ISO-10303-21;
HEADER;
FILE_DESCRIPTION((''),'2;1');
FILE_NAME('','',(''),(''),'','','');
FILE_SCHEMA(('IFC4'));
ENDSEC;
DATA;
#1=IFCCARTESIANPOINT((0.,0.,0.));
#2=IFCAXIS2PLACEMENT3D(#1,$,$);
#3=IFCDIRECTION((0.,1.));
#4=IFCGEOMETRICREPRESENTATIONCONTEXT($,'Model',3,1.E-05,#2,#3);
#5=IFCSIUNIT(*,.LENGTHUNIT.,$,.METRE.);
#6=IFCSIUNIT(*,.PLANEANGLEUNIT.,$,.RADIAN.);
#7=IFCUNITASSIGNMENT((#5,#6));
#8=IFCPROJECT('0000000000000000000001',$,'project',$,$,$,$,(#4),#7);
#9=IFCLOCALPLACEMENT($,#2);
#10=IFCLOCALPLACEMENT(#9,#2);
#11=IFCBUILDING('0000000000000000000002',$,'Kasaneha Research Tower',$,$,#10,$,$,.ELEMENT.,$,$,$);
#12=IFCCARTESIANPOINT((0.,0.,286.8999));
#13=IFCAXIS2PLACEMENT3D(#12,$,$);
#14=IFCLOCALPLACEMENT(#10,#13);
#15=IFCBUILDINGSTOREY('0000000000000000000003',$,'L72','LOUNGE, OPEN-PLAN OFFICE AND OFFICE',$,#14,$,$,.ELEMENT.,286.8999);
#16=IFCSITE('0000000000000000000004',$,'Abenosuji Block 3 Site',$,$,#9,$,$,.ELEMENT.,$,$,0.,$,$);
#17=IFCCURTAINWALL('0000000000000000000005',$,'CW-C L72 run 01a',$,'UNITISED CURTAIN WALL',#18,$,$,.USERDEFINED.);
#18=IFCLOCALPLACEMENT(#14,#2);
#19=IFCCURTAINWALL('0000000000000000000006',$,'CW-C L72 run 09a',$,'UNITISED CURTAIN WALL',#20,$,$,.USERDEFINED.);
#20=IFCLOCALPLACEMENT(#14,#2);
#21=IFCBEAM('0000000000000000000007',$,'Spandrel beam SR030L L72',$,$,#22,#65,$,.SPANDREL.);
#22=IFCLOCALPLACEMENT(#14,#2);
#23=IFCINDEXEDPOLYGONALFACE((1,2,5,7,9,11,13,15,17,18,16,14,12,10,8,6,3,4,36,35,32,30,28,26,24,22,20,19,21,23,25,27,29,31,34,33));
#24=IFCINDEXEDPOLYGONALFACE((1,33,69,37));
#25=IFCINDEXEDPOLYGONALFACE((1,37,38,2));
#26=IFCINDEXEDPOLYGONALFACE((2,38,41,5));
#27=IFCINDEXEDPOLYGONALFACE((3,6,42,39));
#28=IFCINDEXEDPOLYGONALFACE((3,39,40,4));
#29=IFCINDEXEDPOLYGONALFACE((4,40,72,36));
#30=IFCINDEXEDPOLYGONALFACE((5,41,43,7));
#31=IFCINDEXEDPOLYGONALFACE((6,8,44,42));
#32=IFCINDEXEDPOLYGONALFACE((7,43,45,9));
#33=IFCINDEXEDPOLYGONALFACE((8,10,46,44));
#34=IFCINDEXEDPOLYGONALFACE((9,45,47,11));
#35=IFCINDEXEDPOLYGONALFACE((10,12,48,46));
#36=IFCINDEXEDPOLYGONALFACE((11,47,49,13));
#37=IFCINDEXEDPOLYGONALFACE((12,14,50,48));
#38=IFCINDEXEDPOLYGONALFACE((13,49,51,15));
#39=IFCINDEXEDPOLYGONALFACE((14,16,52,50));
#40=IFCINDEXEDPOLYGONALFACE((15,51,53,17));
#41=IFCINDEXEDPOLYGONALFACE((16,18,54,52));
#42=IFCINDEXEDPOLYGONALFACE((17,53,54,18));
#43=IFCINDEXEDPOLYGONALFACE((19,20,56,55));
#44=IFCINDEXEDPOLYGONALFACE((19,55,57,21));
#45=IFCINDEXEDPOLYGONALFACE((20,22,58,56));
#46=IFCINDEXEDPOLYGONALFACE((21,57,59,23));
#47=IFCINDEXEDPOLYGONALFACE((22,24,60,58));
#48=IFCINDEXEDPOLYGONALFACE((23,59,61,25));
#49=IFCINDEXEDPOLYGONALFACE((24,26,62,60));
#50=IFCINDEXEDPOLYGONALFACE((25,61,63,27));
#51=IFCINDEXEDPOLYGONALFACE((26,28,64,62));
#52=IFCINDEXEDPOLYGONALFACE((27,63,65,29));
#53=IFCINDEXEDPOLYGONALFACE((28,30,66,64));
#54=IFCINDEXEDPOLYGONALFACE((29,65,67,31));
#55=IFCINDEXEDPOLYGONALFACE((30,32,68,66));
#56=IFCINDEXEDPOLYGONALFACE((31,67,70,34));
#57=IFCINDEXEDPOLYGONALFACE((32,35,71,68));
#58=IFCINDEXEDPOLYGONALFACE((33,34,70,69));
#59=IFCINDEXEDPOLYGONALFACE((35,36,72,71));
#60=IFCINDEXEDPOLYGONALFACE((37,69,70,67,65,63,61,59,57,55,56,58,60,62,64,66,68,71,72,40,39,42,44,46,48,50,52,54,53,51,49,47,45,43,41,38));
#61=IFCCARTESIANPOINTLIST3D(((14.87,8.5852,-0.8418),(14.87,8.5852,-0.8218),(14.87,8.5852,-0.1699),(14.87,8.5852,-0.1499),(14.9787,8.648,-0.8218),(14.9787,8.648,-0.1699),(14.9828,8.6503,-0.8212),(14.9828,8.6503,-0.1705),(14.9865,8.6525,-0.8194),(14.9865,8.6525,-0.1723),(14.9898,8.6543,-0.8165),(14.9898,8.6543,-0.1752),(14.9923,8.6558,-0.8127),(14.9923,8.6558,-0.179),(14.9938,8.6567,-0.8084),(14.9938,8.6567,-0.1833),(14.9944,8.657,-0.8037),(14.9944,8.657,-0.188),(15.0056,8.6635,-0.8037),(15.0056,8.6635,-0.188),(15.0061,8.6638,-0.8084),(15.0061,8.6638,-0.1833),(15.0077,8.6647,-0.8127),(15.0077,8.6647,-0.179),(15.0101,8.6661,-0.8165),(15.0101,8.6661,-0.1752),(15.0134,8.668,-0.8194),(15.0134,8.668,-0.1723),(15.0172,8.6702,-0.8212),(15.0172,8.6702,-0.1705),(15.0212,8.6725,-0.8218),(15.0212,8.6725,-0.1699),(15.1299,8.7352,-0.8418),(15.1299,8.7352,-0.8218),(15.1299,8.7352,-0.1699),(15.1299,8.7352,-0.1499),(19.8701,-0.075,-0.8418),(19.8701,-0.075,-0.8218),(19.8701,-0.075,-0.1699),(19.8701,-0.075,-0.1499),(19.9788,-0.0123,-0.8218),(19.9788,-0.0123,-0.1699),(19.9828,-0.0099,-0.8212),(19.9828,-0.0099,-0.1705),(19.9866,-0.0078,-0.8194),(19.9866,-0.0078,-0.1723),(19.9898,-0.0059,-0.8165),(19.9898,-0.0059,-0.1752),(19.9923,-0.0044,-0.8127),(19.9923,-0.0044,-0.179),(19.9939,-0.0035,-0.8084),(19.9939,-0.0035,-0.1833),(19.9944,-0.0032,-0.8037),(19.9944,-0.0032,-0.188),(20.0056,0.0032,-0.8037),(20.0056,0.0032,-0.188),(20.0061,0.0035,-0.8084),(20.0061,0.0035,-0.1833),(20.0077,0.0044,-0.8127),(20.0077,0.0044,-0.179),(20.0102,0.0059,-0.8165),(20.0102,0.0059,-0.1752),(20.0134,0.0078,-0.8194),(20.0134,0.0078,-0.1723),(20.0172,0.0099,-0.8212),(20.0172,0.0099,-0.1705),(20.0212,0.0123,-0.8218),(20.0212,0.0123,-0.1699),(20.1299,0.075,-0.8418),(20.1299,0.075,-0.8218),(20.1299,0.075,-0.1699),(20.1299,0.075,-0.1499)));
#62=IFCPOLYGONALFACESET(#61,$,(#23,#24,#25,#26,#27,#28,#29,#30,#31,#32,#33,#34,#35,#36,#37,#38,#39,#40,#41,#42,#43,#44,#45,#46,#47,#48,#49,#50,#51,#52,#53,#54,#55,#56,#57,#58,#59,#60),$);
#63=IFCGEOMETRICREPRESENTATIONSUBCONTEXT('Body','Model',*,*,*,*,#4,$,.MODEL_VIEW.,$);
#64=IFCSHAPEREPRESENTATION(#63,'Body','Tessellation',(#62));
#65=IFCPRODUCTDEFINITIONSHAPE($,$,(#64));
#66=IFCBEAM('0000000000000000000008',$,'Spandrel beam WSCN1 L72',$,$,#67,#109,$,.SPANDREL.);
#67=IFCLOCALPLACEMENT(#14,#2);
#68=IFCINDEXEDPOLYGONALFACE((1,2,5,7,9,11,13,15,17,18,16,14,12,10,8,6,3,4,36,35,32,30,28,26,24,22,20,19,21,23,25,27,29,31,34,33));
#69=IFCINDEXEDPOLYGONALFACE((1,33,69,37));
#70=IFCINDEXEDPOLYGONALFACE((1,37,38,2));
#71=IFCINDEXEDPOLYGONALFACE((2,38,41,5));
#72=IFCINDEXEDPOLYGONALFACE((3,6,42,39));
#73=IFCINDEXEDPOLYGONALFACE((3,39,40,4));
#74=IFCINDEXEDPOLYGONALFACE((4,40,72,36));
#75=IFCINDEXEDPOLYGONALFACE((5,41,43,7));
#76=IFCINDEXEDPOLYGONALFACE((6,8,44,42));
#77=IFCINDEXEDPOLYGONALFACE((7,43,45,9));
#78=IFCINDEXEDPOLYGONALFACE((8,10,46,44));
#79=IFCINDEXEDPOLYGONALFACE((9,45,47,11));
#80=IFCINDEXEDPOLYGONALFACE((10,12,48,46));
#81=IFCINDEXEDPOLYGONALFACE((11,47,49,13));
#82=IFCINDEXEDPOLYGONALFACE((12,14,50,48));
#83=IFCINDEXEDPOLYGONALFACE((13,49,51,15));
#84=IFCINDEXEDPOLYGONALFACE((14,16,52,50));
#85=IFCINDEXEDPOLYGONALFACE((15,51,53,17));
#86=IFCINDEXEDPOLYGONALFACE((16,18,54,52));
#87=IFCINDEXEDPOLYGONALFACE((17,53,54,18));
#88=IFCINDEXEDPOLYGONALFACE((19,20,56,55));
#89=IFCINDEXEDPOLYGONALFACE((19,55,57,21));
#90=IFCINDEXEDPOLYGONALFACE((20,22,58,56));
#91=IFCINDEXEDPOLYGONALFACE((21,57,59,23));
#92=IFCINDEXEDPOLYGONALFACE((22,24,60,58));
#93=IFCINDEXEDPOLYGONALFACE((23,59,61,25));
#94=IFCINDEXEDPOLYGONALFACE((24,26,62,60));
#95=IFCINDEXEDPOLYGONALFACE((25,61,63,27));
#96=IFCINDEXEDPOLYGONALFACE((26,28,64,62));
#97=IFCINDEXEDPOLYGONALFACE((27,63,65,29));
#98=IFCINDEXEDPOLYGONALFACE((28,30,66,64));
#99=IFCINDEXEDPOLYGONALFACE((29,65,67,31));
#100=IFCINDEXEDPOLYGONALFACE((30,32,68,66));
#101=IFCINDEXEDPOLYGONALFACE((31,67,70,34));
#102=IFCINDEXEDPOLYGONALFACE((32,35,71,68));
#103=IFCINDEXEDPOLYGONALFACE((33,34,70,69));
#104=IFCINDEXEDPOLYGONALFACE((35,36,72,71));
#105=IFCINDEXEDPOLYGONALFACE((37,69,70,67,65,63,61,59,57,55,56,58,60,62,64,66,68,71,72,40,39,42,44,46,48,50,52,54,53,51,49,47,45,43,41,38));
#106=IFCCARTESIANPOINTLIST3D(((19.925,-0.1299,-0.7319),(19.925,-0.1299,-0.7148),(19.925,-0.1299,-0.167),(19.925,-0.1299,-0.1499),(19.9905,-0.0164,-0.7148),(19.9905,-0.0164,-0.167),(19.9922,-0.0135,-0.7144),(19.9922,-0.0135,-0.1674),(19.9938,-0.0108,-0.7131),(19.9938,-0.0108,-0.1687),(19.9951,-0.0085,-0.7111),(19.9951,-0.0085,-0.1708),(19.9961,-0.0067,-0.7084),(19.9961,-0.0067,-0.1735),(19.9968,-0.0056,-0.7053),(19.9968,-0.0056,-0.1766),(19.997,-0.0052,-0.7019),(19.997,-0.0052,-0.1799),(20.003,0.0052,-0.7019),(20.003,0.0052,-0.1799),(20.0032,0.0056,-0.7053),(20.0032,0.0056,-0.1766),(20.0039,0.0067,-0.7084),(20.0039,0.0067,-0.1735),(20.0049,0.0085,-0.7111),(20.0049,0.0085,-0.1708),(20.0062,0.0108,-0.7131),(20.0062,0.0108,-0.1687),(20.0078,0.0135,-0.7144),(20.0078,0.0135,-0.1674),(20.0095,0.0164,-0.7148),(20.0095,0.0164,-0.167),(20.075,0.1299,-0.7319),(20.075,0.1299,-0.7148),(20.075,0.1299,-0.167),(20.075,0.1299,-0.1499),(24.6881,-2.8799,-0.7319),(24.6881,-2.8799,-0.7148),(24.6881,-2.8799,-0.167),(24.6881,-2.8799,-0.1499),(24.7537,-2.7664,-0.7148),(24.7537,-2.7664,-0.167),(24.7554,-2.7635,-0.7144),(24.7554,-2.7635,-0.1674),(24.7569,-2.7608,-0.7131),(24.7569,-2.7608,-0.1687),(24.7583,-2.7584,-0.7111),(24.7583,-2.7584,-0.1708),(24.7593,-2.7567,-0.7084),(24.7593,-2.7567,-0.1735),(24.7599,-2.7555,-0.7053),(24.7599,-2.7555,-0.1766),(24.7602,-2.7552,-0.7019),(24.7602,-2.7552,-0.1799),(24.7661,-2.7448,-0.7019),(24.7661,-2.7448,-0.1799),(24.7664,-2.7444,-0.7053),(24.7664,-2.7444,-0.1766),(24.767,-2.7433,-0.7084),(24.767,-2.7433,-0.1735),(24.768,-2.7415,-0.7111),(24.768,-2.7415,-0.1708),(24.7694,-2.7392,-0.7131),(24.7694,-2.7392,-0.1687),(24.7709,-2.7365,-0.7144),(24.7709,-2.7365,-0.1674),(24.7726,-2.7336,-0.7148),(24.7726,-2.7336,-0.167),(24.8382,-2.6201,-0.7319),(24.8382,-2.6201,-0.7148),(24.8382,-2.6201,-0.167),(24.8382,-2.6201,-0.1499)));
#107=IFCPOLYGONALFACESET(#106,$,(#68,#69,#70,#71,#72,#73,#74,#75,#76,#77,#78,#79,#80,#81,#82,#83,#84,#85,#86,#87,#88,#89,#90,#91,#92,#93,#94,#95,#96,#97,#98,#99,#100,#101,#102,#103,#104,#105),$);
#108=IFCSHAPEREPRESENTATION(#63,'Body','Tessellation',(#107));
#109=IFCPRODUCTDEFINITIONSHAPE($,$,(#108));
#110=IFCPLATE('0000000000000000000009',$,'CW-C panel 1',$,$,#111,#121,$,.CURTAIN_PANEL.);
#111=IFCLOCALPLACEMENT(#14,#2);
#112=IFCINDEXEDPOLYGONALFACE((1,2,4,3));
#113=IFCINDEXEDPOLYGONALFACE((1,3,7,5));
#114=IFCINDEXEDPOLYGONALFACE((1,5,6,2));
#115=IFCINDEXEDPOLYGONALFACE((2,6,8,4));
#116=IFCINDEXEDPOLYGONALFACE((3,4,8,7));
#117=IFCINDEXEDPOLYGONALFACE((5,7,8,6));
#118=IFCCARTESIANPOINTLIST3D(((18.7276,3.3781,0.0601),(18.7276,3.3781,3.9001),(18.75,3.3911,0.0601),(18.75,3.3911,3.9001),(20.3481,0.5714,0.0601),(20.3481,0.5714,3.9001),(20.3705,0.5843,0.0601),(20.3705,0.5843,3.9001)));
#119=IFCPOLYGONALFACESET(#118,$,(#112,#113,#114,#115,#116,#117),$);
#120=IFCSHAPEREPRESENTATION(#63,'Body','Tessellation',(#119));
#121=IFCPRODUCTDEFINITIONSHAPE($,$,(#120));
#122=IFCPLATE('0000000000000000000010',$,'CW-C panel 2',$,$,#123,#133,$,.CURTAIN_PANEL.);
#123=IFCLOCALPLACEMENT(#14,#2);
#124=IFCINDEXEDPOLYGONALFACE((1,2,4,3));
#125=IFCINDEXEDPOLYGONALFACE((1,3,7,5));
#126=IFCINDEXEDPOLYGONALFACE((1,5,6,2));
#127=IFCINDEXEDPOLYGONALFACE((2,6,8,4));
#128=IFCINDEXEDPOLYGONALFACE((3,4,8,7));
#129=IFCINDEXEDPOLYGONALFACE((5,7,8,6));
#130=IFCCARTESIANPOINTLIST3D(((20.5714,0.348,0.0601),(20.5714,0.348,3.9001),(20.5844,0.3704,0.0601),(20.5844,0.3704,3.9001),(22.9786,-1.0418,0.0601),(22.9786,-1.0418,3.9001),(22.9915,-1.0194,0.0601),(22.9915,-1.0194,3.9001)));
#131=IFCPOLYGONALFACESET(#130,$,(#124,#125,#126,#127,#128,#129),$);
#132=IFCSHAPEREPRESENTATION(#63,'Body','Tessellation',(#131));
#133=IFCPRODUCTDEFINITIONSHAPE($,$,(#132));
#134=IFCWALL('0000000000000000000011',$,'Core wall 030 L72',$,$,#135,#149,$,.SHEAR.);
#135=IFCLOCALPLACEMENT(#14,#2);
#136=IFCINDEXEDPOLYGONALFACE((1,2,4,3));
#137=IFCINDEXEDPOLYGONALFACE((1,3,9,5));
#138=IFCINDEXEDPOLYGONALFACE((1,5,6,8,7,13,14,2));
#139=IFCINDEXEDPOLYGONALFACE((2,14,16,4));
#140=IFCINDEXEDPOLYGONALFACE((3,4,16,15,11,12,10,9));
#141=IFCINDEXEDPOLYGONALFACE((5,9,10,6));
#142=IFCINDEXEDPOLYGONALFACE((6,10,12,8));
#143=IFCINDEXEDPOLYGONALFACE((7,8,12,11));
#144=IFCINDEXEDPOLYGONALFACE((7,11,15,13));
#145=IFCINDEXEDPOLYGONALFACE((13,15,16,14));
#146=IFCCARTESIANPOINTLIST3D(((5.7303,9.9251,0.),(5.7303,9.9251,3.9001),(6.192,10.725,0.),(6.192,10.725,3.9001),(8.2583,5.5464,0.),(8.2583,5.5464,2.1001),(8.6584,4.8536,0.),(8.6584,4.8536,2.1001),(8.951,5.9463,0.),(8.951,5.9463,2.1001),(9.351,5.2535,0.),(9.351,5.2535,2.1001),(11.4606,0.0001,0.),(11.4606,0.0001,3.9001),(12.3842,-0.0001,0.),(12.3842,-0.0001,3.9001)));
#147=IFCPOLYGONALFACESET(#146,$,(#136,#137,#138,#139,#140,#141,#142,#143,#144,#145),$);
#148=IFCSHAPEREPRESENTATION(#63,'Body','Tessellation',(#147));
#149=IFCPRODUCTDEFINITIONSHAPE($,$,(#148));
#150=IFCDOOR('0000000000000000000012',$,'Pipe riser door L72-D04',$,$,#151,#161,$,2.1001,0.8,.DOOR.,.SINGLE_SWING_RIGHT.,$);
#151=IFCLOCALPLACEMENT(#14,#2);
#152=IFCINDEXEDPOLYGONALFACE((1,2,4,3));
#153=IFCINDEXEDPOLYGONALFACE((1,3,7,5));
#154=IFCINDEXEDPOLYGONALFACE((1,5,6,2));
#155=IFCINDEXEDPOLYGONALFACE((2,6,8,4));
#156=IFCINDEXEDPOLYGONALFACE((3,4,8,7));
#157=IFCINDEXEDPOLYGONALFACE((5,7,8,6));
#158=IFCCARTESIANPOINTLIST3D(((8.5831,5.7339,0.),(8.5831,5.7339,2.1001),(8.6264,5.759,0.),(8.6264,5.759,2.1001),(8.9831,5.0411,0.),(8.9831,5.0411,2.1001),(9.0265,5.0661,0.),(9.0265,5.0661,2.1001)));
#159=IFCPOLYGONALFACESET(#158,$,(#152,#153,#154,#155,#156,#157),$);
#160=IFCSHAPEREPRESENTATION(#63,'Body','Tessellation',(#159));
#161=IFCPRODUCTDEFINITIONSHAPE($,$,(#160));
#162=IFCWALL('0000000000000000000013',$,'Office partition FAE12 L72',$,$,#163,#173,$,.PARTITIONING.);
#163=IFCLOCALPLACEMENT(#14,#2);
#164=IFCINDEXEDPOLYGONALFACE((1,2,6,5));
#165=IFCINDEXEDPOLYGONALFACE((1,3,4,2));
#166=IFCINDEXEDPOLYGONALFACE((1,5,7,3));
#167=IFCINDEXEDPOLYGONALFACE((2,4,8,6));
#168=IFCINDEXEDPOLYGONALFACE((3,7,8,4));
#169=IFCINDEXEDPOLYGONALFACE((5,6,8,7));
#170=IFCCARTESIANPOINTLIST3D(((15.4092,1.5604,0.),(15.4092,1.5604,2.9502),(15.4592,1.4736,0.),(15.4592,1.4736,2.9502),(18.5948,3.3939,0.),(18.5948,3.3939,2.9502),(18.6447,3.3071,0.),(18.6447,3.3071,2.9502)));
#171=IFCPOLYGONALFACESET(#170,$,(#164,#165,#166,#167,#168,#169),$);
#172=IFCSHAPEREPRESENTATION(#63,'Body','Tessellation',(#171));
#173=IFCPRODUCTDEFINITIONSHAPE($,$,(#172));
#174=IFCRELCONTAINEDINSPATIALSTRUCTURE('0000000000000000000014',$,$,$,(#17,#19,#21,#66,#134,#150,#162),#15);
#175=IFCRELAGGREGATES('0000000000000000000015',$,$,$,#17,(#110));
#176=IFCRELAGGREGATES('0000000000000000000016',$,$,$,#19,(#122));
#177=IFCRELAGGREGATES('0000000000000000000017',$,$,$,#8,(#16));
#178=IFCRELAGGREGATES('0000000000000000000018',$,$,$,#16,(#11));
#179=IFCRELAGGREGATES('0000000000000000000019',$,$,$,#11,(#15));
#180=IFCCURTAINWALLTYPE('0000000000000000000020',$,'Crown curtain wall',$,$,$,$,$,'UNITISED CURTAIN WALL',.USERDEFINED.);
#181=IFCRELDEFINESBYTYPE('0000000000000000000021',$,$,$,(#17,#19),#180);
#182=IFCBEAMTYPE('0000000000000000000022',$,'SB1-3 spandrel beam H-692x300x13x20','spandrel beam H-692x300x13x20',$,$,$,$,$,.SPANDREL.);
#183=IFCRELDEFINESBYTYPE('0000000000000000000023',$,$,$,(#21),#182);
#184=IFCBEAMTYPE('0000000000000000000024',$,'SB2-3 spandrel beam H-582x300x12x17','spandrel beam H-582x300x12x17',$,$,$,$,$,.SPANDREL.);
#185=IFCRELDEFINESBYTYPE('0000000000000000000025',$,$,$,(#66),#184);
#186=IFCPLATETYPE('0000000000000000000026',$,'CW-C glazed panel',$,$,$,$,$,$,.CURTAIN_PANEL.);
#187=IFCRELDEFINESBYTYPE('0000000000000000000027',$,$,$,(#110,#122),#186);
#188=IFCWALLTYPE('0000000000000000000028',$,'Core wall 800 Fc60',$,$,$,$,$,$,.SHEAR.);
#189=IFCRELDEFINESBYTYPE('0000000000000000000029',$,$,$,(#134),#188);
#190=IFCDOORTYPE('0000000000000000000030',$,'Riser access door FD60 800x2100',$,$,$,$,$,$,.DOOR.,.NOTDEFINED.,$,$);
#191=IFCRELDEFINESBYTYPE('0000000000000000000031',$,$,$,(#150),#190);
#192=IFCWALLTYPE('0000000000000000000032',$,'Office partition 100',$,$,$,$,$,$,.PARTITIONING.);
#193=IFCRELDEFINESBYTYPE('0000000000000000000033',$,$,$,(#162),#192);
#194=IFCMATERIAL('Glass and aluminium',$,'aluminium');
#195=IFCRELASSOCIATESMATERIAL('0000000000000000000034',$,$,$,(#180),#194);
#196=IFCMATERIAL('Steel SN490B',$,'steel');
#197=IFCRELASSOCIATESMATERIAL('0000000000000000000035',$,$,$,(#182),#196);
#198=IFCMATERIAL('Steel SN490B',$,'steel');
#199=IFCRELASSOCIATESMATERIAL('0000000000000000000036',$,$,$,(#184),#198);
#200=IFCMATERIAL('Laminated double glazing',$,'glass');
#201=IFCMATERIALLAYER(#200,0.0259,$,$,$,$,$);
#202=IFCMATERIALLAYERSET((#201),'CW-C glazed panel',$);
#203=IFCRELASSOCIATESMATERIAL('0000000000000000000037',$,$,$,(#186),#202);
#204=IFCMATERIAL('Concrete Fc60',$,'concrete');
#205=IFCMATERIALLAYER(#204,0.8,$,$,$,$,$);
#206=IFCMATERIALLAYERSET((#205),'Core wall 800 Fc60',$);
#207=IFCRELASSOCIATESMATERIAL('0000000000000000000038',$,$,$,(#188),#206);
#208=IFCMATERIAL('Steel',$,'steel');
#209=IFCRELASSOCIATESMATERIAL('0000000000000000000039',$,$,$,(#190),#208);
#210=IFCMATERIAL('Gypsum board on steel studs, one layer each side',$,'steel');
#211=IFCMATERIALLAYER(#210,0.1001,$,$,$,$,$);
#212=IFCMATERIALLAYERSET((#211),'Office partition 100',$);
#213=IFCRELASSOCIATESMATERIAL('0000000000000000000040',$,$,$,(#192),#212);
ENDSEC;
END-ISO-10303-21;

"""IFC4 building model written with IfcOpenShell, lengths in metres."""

from ifc_helpers import new_model, si_unit, direction, frame, frame_2d, origin, origin_2d, place, context, subcontext, project, spatial, polyline, rectangle, i_section, outline, extrude, material, layer, layer_set, material_profile, profile_set, type_object, element, fill, aggregate, save


model = new_model("IFC4")

# Units and contexts
model_context = context("Model", 3, precision=1e-05, world=origin(), true_north=direction((0.0, 1.0)))
body_context = subcontext(model_context, "Body", "Model", "MODEL_VIEW")
ifc_project = project(units=[si_unit("LENGTHUNIT", "METRE"), si_unit("PLANEANGLEUNIT", "RADIAN")], contexts=[model_context])

# Site, building, storey
site_placement = place(None, origin())
site = spatial("IfcSite", under=ifc_project, at=site_placement, Name="Abenosuji Block 3 Site", CompositionType="ELEMENT", RefElevation=0.0)
building_placement = place(site_placement, origin())
building = spatial("IfcBuilding", under=site, at=building_placement, Name="Kasaneha Research Tower", CompositionType="ELEMENT")
storey_placement = place(building_placement, frame((0.0, 0.0, 286.8999)))
storey = spatial("IfcBuildingStorey", under=building, at=storey_placement, Name="L72", Description="LOUNGE, OPEN-PLAN OFFICE AND OFFICE", CompositionType="ELEMENT", Elevation=286.8999)

# Curtain walls
ifc_material_1 = material(Name="Glass and aluminium", Category="aluminium")
curtain_wall_type = type_object("IfcCurtainWallType", Name="Crown curtain wall", ElementType="UNITISED CURTAIN WALL", PredefinedType="USERDEFINED", material=ifc_material_1)
curtain_wall_1_placement = place(storey_placement, origin())
curtain_wall_1 = element("IfcCurtainWall", 1, at=curtain_wall_1_placement, inside=storey, type_object=curtain_wall_type, Name="CW-C L72 run 01a", ObjectType="UNITISED CURTAIN WALL", PredefinedType="USERDEFINED")
curtain_wall_2_placement = place(storey_placement, origin())
curtain_wall_2 = element("IfcCurtainWall", 2, at=curtain_wall_2_placement, inside=storey, type_object=curtain_wall_type, Name="CW-C L72 run 09a", ObjectType="UNITISED CURTAIN WALL", PredefinedType="USERDEFINED")

# Beams
ifc_material_2 = material(Name="Steel SN490B", Category="steel")
ifc_material_profile_1 = material_profile(ifc_material_2, i_section(OverallWidth=0.3, OverallDepth=0.6919, WebThickness=0.0129, FlangeThickness=0.02, FilletRadius=0.0181, at=origin_2d()), Name="H-692x300x13x20")
ifc_profile_set_1 = profile_set([ifc_material_profile_1], Name="Steel SN490B")
beam_type_1 = type_object("IfcBeamType", Name="SB1-3 spandrel beam H-692x300x13x20", Description="spandrel beam H-692x300x13x20", PredefinedType="SPANDREL", material=ifc_profile_set_1)
beam_1_placement = place(storey_placement, frame((20.0, 0.0, -0.4958), z_axis=(-0.500004, 0.866023, 0.0), x_axis=(-0.866023, -0.500004, 0.0)))
element("IfcBeam", 3, at=beam_1_placement, inside=storey, type_object=beam_type_1, Name="Spandrel beam SR030L L72", PredefinedType="SPANDREL", context=body_context, shape_type="SweptSolid", body=[
    extrude(i_section(OverallWidth=0.3, OverallDepth=0.6919, WebThickness=0.0129, FlangeThickness=0.02, FilletRadius=0.0181, at=origin_2d()), origin(), (0.0, 0.0, 1.0), 10.0),
])
ifc_material_3 = material(Name="Steel SN490B", Category="steel")
ifc_material_profile_2 = material_profile(ifc_material_3, i_section(OverallWidth=0.3, OverallDepth=0.582, WebThickness=0.012, FlangeThickness=0.0171, FilletRadius=0.0129, at=origin_2d()), Name="H-582x300x12x17")
ifc_profile_set_2 = profile_set([ifc_material_profile_2], Name="Steel SN490B")
beam_type_2 = type_object("IfcBeamType", Name="SB2-3 spandrel beam H-582x300x12x17", Description="spandrel beam H-582x300x12x17", PredefinedType="SPANDREL", material=ifc_profile_set_2)
beam_2_placement = place(storey_placement, frame((20.0, 0.0, -0.4409), z_axis=(0.866027, -0.499997, 0.0), x_axis=(0.499997, 0.866027, 0.0)))
element("IfcBeam", 4, at=beam_2_placement, inside=storey, type_object=beam_type_2, Name="Spandrel beam WSCN1 L72", PredefinedType="SPANDREL", context=body_context, shape_type="SweptSolid", body=[
    extrude(i_section(OverallWidth=0.3, OverallDepth=0.582, WebThickness=0.012, FlangeThickness=0.0171, FilletRadius=0.0129, at=origin_2d()), origin(), (0.0, 0.0, 1.0), 5.5),
])

# Plates
ifc_material_4 = material(Name="Laminated double glazing", Category="glass")
ifc_layer_1 = layer(ifc_material_4, 0.0259)
ifc_layer_set_1 = layer_set([ifc_layer_1], Name="CW-C glazed panel")
plate_type = type_object("IfcPlateType", Name="CW-C glazed panel", PredefinedType="CURTAIN_PANEL", material=ifc_layer_set_1)
plate_1_placement = place(storey_placement, frame((19.5491, 1.9812, 0.0601), z_axis=(0.0, 0.0, 1.0), x_axis=(-0.5, 0.866025, 0.0)))
plate_1 = element("IfcPlate", 5, at=plate_1_placement, type_object=plate_type, Name="CW-C panel 1", PredefinedType="CURTAIN_PANEL", context=body_context, shape_type="SweptSolid", body=[
    extrude(rectangle(XDim=3.241, YDim=0.0259, at=origin_2d()), origin(), (0.0, 0.0, 1.0), 3.8401),
])
aggregate(curtain_wall_1, [plate_1])
plate_2_placement = place(storey_placement, frame((21.7815, -0.3357, 0.0601), z_axis=(0.0, 0.0, 1.0), x_axis=(-0.866025, 0.5, 0.0)))
plate_2 = element("IfcPlate", 6, at=plate_2_placement, type_object=plate_type, Name="CW-C panel 2", PredefinedType="CURTAIN_PANEL", context=body_context, shape_type="SweptSolid", body=[
    extrude(rectangle(XDim=2.7795, YDim=0.0259, at=origin_2d()), origin(), (0.0, 0.0, 1.0), 3.8401),
])
aggregate(curtain_wall_2, [plate_2])

# Wall, opening, door
ifc_material_5 = material(Name="Concrete Fc60", Category="concrete")
ifc_layer_2 = layer(ifc_material_5, 0.8)
ifc_layer_set_2 = layer_set([ifc_layer_2], Name="Core wall 800 Fc60")
wall_type_1 = type_object("IfcWallType", Name="Core wall 800 Fc60", PredefinedType="SHEAR", material=ifc_layer_set_2)
wall_1_placement = place(storey_placement, frame((11.9224, 0.0, 0.0), z_axis=(0.0, 0.0, 1.0), x_axis=(-0.500004, 0.866023, 0.0)))
wall_1 = element("IfcWall", 7, at=wall_1_placement, inside=storey, type_object=wall_type_1, Name="Core wall 030 L72", PredefinedType="SHEAR", context=body_context, shape_type="SweptSolid", body=[
    extrude(outline(polyline([(-0.231, -0.3999), (5.8354, -0.3999), (6.6355, -0.3999), (12.1533, -0.3999), (11.6914, 0.3999), (6.6355, 0.3999), (5.8354, 0.3999), (0.231, 0.3999), (-0.231, -0.3999)])), origin(), (0.0, 0.0, 1.0), 3.9001),
])
opening_1_placement = place(wall_1_placement, frame((5.8354, 0.0, 0.0)))
opening_1 = element("IfcOpeningElement", 8, at=opening_1_placement, cuts=wall_1, PredefinedType="OPENING", context=body_context, shape_type="SweptSolid", body=[
    extrude(rectangle(XDim=0.8, YDim=2.1001, at=frame_2d((0.3999, 1.05))), frame((0.0, 0.4102, 0.0), z_axis=(0.0, -1.0, 0.0), x_axis=(1.0, 0.0, 0.0)), (0.0, 0.0, 1.0), 0.8201),
])
ifc_material_6 = material(Name="Steel", Category="steel")
door_type_1 = type_object("IfcDoorType", Name="Riser access door FD60 800x2100", OperationType="NOTDEFINED", PredefinedType="DOOR", material=ifc_material_6)
door_1_placement = place(opening_1_placement, origin())
door_1 = element("IfcDoor", 9, at=door_1_placement, inside=storey, type_object=door_type_1, Name="Pipe riser door L72-D04", OperationType="SINGLE_SWING_RIGHT", OverallHeight=2.1001, OverallWidth=0.8, PredefinedType="DOOR", context=body_context, shape_type="SweptSolid", body=[
    extrude(rectangle(XDim=0.8, YDim=2.1001, at=frame_2d((0.3999, 1.05))), frame((0.0, 0.0249, 0.0), z_axis=(0.0, -1.0, 0.0), x_axis=(1.0, 0.0, 0.0)), (0.0, 0.0, 1.0), 0.05),
])
fill(opening_1, door_1)

# Wall
ifc_material_7 = material(Name="Gypsum board on steel studs, one layer each side", Category="steel")
ifc_layer_3 = layer(ifc_material_7, 0.1001)
ifc_layer_set_3 = layer_set([ifc_layer_3], Name="Office partition 100")
wall_type_2 = type_object("IfcWallType", Name="Office partition 100", PredefinedType="PARTITIONING", material=ifc_layer_set_3)
wall_2_placement = place(storey_placement, frame((18.6199, 3.3506, 0.0), z_axis=(0.0, 0.0, 1.0), x_axis=(-0.866694, -0.49884, 0.0)))
element("IfcWall", 10, at=wall_2_placement, inside=storey, type_object=wall_type_2, Name="Office partition FAE12 L72", PredefinedType="PARTITIONING", context=body_context, shape_type="SweptSolid", body=[
    extrude(rectangle(XDim=3.6755, YDim=0.1001, at=frame_2d((1.8379, 0.0))), origin(), (0.0, 0.0, 1.0), 2.9502),
])

save(model, "model.ifc")
